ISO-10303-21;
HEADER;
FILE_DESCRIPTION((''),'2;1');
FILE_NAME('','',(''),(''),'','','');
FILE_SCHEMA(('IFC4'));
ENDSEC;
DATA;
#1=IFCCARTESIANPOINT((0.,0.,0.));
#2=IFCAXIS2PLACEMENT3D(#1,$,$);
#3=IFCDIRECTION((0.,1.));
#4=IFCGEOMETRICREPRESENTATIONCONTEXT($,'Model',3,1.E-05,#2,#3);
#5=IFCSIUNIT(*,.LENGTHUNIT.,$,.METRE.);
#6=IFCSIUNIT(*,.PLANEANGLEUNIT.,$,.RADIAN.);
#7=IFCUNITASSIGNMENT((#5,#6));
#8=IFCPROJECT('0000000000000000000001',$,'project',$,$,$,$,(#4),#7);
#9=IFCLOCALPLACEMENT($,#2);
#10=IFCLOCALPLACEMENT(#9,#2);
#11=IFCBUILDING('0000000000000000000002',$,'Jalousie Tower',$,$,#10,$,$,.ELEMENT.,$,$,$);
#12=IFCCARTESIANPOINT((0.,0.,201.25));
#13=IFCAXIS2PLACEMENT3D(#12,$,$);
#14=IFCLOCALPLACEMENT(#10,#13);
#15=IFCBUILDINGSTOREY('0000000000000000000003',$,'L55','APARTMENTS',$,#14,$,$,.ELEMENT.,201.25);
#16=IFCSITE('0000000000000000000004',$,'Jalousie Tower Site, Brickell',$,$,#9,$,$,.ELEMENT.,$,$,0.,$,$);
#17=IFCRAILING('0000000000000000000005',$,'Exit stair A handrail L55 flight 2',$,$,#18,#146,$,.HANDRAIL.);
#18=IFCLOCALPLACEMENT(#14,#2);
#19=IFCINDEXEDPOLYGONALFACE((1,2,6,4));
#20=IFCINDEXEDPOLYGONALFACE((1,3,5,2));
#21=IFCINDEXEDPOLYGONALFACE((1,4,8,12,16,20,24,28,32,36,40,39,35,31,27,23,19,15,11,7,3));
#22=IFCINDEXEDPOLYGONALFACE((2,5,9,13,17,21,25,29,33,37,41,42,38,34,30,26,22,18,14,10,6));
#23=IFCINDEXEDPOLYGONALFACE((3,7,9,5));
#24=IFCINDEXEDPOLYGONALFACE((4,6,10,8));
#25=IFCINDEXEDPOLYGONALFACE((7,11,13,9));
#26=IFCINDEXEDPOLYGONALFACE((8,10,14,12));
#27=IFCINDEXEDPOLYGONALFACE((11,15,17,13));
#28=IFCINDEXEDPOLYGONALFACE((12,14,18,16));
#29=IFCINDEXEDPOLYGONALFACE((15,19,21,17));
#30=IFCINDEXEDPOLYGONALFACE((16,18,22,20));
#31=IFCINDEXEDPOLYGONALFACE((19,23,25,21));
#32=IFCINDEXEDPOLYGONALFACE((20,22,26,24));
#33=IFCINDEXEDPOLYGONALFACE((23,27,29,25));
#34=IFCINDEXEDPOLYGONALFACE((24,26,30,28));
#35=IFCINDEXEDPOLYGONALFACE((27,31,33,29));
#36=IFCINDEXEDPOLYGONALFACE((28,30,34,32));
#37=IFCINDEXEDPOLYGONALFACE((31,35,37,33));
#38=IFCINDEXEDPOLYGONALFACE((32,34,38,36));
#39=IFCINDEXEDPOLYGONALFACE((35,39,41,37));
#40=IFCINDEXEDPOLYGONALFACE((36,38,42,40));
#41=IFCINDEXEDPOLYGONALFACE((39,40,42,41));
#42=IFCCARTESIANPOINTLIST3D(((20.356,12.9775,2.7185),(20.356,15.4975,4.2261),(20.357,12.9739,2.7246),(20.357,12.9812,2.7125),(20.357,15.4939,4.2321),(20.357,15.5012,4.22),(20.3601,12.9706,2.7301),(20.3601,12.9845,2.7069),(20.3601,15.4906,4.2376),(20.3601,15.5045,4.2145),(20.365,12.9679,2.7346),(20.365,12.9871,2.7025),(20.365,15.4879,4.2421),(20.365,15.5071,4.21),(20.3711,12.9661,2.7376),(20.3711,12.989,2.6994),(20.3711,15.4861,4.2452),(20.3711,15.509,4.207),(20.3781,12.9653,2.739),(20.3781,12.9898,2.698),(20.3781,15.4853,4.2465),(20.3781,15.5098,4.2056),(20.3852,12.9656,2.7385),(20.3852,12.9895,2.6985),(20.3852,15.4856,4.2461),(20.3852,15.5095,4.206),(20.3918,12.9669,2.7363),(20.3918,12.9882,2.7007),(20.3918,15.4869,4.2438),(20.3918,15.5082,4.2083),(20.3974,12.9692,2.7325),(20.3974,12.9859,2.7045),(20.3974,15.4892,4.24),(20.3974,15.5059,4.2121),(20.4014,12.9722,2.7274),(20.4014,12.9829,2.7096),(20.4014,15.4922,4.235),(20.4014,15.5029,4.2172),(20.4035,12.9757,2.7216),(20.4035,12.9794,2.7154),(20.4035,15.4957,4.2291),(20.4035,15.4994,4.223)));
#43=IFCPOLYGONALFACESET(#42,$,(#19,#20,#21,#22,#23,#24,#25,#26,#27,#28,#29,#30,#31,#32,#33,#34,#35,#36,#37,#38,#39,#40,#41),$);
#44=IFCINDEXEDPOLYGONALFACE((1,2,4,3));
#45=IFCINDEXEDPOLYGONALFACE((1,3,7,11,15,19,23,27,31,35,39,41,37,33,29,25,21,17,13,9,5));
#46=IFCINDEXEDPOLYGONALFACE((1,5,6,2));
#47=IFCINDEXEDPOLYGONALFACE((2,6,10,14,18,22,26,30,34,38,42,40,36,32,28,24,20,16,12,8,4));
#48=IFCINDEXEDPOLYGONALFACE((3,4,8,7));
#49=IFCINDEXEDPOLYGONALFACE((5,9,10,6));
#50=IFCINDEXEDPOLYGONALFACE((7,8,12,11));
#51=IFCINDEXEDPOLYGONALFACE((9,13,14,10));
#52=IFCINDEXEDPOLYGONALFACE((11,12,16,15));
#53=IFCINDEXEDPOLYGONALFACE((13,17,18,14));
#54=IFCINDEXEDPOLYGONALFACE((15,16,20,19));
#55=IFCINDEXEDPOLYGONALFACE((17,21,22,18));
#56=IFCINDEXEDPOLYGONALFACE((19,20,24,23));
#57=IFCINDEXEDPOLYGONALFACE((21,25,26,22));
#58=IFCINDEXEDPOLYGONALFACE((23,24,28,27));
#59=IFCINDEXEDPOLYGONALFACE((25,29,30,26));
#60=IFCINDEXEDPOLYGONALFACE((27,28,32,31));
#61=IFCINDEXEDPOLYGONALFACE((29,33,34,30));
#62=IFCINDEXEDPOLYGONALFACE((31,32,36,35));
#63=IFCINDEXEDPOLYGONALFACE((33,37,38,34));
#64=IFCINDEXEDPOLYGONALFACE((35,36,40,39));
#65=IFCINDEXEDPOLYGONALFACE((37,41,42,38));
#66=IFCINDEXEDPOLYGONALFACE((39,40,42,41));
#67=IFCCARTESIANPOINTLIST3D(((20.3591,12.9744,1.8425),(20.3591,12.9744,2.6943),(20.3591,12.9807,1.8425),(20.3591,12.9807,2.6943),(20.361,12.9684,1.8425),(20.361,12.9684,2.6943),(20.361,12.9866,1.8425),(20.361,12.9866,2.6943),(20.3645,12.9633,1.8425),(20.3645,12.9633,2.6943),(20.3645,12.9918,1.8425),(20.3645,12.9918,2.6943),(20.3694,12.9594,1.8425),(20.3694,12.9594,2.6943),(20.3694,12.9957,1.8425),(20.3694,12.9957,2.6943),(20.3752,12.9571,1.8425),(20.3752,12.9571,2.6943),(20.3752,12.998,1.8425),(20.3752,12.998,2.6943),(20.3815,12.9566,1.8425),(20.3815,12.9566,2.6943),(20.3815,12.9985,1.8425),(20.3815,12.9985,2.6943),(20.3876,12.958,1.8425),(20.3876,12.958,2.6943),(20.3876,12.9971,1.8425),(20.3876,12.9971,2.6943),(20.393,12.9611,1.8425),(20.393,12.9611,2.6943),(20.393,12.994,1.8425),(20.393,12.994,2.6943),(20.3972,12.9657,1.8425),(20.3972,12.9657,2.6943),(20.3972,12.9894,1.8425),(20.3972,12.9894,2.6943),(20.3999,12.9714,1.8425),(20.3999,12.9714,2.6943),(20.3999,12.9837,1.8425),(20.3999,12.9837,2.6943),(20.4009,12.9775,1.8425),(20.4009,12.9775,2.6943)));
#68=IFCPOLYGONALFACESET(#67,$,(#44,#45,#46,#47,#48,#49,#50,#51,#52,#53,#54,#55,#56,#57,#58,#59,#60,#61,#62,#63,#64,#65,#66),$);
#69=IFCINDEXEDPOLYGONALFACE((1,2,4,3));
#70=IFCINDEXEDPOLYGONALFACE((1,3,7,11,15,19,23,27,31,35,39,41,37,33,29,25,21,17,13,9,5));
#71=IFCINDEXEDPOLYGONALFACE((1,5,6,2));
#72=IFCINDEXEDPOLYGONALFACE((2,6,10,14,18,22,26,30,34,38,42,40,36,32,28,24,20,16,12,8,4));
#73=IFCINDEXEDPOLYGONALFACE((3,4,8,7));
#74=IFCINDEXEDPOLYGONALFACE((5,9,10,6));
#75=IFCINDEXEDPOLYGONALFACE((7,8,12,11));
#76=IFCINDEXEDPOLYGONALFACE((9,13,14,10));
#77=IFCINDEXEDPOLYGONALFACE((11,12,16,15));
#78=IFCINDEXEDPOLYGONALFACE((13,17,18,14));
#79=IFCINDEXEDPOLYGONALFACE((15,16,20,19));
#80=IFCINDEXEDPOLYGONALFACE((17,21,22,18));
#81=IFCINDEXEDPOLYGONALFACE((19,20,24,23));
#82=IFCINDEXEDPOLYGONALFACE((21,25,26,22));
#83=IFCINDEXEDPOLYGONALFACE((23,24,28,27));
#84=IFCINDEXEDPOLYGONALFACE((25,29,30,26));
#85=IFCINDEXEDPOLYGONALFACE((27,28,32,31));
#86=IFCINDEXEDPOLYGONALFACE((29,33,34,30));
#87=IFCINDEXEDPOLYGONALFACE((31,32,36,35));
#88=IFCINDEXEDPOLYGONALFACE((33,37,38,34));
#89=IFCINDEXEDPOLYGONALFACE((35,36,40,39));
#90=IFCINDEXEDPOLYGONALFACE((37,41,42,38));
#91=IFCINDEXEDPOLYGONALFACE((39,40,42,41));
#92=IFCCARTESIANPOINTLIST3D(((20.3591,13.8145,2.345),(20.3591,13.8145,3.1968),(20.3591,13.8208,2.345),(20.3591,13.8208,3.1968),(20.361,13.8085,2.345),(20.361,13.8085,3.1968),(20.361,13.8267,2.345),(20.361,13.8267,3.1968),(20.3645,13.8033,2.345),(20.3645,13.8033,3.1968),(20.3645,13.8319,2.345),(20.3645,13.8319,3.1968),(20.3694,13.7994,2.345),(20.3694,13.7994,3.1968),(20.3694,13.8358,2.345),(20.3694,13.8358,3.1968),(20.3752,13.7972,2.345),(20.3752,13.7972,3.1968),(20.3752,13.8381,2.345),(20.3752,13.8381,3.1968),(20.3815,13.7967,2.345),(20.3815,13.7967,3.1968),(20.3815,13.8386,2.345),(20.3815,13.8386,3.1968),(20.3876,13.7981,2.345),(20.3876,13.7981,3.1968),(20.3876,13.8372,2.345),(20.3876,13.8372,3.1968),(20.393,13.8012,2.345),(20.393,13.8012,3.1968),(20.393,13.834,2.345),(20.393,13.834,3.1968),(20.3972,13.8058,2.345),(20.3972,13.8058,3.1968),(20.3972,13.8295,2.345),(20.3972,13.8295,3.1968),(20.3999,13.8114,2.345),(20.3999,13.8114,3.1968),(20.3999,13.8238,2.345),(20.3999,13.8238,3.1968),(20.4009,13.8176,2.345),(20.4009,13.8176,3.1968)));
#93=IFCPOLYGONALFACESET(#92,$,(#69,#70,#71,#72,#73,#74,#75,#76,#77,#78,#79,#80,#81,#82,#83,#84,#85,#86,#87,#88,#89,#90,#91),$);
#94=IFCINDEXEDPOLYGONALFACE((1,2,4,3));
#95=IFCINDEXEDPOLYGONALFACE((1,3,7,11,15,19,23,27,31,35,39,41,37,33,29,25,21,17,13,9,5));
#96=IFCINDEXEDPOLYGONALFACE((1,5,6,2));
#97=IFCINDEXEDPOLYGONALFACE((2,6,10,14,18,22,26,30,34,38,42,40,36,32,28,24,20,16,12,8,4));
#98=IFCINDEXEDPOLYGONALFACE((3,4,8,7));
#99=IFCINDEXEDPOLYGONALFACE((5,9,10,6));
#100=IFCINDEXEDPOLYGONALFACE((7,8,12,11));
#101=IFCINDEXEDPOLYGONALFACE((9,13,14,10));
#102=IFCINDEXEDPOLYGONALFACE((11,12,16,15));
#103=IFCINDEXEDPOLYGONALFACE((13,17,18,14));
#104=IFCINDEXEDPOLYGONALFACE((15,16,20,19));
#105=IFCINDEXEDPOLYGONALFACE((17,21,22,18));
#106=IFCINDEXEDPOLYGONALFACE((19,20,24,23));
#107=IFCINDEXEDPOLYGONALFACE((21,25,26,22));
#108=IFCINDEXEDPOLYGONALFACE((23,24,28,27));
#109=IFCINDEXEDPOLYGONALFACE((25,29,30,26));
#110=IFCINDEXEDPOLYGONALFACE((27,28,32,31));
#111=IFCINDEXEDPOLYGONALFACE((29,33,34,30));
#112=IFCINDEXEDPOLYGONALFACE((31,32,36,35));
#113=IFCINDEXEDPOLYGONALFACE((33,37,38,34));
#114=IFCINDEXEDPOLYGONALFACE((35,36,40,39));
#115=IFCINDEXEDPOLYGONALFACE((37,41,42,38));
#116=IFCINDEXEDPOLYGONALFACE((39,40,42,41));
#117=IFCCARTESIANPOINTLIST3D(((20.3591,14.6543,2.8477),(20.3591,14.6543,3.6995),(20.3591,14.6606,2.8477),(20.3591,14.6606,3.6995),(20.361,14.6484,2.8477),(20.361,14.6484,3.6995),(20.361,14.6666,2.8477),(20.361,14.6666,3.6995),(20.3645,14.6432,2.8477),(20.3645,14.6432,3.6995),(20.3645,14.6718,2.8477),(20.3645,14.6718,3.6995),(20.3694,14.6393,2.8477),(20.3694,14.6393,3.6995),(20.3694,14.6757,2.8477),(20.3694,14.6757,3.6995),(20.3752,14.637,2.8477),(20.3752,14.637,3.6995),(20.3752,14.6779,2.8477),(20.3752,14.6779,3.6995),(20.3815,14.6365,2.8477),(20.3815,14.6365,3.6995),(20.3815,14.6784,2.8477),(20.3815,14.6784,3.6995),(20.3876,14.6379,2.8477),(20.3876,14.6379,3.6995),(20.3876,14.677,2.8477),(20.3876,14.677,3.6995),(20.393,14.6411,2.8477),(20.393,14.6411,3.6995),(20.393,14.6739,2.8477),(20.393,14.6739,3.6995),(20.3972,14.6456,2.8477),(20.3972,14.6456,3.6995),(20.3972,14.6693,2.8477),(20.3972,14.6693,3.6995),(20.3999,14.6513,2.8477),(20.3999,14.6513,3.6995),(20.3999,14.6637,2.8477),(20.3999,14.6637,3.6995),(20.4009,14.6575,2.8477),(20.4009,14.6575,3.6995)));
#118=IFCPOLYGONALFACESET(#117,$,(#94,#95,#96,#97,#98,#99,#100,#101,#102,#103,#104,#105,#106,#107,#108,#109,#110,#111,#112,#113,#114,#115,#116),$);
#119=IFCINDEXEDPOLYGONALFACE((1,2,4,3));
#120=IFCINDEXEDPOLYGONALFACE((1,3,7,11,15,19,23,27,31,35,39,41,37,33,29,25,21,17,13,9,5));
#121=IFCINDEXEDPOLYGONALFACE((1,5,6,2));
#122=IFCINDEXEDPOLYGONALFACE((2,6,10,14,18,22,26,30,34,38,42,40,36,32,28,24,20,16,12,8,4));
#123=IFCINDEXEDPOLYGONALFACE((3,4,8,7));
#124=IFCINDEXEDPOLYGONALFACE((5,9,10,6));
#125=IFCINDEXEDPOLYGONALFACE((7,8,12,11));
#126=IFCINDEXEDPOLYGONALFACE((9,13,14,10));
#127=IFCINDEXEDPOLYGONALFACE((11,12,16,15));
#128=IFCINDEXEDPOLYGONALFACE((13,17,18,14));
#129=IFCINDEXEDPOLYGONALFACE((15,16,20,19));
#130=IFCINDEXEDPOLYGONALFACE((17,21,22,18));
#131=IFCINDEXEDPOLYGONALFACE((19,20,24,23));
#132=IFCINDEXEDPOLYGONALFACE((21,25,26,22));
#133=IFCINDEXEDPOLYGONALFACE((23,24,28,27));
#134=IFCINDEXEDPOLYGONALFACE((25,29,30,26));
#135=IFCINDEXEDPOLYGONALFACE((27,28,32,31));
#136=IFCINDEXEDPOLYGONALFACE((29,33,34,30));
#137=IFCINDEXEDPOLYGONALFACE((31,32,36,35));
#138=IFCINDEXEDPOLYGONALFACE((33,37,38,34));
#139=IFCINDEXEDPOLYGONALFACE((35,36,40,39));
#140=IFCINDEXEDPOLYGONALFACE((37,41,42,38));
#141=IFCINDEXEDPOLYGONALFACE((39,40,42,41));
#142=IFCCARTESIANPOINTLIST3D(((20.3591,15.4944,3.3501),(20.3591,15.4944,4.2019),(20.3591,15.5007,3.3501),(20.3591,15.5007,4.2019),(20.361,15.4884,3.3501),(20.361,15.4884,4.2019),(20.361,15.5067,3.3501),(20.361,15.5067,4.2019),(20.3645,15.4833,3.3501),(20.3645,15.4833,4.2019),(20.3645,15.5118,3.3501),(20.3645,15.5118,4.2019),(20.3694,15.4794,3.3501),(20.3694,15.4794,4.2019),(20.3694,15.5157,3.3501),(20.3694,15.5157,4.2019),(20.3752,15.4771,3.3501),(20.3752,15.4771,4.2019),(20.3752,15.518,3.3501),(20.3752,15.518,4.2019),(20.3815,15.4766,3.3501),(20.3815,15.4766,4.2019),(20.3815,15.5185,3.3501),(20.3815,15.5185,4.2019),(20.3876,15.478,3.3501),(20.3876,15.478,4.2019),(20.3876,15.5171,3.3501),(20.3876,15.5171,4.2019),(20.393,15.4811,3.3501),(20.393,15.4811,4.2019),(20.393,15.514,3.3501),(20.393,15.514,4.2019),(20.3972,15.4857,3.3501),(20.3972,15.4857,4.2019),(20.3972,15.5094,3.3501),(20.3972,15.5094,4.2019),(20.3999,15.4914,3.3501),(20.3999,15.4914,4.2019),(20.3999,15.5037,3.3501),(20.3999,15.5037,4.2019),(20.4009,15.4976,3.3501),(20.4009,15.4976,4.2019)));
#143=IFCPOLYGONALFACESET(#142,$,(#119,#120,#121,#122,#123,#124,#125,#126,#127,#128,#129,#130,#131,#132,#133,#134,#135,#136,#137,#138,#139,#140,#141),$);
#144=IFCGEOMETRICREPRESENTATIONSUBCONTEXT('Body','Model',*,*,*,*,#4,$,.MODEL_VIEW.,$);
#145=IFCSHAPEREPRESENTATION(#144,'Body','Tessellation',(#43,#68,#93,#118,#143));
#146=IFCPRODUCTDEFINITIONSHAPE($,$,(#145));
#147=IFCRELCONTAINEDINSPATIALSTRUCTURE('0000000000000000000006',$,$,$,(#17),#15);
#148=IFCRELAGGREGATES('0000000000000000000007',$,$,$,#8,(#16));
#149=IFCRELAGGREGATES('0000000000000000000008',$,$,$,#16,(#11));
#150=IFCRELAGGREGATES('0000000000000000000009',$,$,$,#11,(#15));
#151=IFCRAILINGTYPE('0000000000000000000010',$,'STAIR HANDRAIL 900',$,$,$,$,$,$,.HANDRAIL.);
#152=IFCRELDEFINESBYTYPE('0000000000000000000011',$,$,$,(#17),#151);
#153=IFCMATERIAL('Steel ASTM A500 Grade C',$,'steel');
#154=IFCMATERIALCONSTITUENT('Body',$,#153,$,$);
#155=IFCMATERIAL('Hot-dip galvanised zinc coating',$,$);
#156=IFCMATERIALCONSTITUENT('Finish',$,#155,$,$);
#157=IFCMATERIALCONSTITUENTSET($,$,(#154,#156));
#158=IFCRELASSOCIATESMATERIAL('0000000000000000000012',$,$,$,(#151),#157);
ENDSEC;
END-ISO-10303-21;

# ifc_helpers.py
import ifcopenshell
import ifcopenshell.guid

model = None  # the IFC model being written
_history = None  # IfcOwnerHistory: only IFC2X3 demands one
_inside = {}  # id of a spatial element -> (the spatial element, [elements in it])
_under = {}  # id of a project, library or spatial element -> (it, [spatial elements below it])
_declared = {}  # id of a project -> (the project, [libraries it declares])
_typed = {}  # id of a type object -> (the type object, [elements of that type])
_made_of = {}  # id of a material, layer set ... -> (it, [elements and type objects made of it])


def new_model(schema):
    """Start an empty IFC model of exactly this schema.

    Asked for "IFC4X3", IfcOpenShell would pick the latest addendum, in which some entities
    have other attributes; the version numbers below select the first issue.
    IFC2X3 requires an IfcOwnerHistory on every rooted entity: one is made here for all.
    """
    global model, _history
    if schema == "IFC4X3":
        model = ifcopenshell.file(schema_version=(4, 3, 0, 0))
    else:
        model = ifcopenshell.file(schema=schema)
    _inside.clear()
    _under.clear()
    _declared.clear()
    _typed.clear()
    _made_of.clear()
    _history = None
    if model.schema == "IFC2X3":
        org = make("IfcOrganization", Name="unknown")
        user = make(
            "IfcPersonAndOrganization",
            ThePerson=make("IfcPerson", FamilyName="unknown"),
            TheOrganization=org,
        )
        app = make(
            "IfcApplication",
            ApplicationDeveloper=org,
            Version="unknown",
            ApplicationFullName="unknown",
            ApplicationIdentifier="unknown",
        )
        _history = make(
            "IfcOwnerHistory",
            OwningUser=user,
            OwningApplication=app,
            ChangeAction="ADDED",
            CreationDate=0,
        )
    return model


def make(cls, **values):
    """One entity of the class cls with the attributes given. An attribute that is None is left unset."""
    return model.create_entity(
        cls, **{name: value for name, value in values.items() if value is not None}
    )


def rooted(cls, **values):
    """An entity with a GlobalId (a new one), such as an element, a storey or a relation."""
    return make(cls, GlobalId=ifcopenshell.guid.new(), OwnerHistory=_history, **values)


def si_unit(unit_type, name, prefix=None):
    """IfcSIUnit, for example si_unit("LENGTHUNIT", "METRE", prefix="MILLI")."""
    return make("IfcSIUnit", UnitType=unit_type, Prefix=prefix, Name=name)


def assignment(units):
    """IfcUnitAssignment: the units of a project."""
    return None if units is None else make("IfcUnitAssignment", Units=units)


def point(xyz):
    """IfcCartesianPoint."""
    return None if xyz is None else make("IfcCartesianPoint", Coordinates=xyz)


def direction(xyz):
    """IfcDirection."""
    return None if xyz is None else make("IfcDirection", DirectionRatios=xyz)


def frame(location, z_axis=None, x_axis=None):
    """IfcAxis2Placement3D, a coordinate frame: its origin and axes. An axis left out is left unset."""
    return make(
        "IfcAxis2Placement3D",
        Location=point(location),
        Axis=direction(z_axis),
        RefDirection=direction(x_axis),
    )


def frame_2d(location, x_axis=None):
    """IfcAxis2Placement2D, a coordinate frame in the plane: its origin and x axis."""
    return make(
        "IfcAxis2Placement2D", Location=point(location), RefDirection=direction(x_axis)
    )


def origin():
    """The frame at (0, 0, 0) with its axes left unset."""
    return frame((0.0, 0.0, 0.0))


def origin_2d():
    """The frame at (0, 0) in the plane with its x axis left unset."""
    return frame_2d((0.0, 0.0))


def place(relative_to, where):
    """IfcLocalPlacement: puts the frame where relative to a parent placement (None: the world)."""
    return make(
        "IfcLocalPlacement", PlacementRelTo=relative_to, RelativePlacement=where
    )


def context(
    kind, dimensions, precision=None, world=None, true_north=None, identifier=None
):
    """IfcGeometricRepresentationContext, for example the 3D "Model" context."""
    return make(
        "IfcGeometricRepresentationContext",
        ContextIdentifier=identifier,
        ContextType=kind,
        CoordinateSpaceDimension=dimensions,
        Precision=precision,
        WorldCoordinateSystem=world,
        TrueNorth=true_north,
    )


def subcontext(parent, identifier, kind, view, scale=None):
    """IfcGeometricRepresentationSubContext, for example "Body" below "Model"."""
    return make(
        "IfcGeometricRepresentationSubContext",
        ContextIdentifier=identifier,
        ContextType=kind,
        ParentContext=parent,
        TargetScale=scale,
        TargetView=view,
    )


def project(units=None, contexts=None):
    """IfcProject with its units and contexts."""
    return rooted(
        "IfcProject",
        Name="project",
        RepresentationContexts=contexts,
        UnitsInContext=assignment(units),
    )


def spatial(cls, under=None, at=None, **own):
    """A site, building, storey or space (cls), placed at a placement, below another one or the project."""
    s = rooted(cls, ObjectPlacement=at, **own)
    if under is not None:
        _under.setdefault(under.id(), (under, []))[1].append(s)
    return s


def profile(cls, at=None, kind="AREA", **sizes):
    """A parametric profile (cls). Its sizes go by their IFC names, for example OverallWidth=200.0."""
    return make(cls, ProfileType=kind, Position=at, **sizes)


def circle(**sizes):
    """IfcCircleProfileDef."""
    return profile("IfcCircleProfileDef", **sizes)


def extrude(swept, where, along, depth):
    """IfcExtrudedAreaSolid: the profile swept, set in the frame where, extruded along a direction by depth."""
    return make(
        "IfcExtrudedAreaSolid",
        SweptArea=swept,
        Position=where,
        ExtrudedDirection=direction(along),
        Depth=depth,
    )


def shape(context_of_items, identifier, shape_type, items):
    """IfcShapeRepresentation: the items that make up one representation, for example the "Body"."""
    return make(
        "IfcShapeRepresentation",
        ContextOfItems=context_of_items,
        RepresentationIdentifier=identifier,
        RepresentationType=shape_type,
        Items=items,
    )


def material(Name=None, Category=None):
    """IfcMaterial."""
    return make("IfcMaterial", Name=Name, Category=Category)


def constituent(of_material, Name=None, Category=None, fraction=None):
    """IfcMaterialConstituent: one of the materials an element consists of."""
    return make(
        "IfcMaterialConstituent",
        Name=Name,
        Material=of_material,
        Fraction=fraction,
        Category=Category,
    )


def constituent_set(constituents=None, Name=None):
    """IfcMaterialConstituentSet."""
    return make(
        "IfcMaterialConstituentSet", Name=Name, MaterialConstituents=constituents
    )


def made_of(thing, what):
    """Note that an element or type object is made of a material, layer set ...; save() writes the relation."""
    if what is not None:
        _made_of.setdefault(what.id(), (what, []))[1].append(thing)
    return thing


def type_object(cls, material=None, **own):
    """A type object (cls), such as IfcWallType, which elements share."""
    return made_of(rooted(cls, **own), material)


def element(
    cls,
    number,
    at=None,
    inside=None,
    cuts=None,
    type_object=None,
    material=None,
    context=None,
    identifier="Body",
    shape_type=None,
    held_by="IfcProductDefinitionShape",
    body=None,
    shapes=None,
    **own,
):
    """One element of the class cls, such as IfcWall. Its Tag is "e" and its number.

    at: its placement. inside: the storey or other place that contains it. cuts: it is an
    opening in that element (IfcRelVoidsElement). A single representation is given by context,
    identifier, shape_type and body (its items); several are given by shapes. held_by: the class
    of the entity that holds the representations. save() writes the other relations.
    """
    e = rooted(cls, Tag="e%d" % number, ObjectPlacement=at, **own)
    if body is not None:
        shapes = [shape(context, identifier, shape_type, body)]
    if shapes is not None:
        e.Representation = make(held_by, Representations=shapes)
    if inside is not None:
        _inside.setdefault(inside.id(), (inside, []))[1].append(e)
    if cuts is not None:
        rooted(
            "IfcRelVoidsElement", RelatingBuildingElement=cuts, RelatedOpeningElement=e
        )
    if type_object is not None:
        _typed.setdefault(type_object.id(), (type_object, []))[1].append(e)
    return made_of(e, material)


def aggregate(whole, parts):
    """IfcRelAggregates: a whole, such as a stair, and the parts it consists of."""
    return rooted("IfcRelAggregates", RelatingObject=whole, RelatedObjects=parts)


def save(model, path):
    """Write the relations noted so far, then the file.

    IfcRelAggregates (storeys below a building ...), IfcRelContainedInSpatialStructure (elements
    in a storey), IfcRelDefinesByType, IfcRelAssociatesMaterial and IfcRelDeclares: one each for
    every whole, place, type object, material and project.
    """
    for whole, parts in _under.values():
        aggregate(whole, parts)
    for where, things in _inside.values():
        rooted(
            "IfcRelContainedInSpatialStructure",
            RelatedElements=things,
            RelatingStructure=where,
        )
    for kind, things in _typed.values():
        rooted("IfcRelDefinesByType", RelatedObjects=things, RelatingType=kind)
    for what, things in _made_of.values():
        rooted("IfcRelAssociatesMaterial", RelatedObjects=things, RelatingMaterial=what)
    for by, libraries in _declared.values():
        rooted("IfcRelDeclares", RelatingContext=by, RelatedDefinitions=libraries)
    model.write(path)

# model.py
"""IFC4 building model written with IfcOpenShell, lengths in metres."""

from ifc_helpers import new_model, si_unit, direction, frame, origin, origin_2d, place, context, subcontext, project, spatial, circle, extrude, material, constituent, constituent_set, type_object, element, save


model = new_model("IFC4")

# Units and contexts
model_context = context("Model", 3, precision=1e-05, world=origin(), true_north=direction((0.0, 1.0)))
body_context = subcontext(model_context, "Body", "Model", "MODEL_VIEW")
ifc_project = project(units=[si_unit("LENGTHUNIT", "METRE"), si_unit("PLANEANGLEUNIT", "RADIAN")], contexts=[model_context])

# Site, building, storey
site_placement = place(None, origin())
site = spatial("IfcSite", under=ifc_project, at=site_placement, Name="Jalousie Tower Site, Brickell", CompositionType="ELEMENT", RefElevation=0.0)
building_placement = place(site_placement, origin())
building = spatial("IfcBuilding", under=site, at=building_placement, Name="Jalousie Tower", CompositionType="ELEMENT")
storey_placement = place(building_placement, frame((0.0, 0.0, 201.25)))
storey = spatial("IfcBuildingStorey", under=building, at=storey_placement, Name="L55", Description="APARTMENTS", CompositionType="ELEMENT", Elevation=201.25)

# Railing
ifc_material_1 = material(Name="Steel ASTM A500 Grade C", Category="steel")
ifc_constituent_1 = constituent(ifc_material_1, Name="Body")
ifc_material_2 = material(Name="Hot-dip galvanised zinc coating")
ifc_constituent_2 = constituent(ifc_material_2, Name="Finish")
ifc_constituent_set_1 = constituent_set(constituents=[ifc_constituent_1, ifc_constituent_2])
railing_type_1 = type_object("IfcRailingType", Name="STAIR HANDRAIL 900", PredefinedType="HANDRAIL", material=ifc_constituent_set_1)
railing_1_placement = place(storey_placement, frame((20.3799, 12.9775, 1.8425)))
element("IfcRailing", 1, at=railing_1_placement, inside=storey, type_object=railing_type_1, Name="Exit stair A handrail L55 flight 2", PredefinedType="HANDRAIL", context=body_context, shape_type="SweptSolid", body=[
    extrude(circle(Radius=0.0239, at=origin_2d()), frame((0.0, 0.0, 0.876), z_axis=(0.0, 0.85816, 0.513383), x_axis=(-1.0, 0.0, 0.0)), (0.0, 0.0, 1.0), 2.9365),
    extrude(circle(Radius=0.021, at=origin_2d()), origin(), (0.0, 0.0, 1.0), 0.8518),
    extrude(circle(Radius=0.021, at=origin_2d()), frame((0.0, 0.8401, 0.5024)), (0.0, 0.0, 1.0), 0.8518),
    extrude(circle(Radius=0.021, at=origin_2d()), frame((0.0, 1.6799, 1.0051)), (0.0, 0.0, 1.0), 0.8518),
    extrude(circle(Radius=0.021, at=origin_2d()), frame((0.0, 2.52, 1.5076)), (0.0, 0.0, 1.0), 0.8518),
])

save(model, "model.ifc")
